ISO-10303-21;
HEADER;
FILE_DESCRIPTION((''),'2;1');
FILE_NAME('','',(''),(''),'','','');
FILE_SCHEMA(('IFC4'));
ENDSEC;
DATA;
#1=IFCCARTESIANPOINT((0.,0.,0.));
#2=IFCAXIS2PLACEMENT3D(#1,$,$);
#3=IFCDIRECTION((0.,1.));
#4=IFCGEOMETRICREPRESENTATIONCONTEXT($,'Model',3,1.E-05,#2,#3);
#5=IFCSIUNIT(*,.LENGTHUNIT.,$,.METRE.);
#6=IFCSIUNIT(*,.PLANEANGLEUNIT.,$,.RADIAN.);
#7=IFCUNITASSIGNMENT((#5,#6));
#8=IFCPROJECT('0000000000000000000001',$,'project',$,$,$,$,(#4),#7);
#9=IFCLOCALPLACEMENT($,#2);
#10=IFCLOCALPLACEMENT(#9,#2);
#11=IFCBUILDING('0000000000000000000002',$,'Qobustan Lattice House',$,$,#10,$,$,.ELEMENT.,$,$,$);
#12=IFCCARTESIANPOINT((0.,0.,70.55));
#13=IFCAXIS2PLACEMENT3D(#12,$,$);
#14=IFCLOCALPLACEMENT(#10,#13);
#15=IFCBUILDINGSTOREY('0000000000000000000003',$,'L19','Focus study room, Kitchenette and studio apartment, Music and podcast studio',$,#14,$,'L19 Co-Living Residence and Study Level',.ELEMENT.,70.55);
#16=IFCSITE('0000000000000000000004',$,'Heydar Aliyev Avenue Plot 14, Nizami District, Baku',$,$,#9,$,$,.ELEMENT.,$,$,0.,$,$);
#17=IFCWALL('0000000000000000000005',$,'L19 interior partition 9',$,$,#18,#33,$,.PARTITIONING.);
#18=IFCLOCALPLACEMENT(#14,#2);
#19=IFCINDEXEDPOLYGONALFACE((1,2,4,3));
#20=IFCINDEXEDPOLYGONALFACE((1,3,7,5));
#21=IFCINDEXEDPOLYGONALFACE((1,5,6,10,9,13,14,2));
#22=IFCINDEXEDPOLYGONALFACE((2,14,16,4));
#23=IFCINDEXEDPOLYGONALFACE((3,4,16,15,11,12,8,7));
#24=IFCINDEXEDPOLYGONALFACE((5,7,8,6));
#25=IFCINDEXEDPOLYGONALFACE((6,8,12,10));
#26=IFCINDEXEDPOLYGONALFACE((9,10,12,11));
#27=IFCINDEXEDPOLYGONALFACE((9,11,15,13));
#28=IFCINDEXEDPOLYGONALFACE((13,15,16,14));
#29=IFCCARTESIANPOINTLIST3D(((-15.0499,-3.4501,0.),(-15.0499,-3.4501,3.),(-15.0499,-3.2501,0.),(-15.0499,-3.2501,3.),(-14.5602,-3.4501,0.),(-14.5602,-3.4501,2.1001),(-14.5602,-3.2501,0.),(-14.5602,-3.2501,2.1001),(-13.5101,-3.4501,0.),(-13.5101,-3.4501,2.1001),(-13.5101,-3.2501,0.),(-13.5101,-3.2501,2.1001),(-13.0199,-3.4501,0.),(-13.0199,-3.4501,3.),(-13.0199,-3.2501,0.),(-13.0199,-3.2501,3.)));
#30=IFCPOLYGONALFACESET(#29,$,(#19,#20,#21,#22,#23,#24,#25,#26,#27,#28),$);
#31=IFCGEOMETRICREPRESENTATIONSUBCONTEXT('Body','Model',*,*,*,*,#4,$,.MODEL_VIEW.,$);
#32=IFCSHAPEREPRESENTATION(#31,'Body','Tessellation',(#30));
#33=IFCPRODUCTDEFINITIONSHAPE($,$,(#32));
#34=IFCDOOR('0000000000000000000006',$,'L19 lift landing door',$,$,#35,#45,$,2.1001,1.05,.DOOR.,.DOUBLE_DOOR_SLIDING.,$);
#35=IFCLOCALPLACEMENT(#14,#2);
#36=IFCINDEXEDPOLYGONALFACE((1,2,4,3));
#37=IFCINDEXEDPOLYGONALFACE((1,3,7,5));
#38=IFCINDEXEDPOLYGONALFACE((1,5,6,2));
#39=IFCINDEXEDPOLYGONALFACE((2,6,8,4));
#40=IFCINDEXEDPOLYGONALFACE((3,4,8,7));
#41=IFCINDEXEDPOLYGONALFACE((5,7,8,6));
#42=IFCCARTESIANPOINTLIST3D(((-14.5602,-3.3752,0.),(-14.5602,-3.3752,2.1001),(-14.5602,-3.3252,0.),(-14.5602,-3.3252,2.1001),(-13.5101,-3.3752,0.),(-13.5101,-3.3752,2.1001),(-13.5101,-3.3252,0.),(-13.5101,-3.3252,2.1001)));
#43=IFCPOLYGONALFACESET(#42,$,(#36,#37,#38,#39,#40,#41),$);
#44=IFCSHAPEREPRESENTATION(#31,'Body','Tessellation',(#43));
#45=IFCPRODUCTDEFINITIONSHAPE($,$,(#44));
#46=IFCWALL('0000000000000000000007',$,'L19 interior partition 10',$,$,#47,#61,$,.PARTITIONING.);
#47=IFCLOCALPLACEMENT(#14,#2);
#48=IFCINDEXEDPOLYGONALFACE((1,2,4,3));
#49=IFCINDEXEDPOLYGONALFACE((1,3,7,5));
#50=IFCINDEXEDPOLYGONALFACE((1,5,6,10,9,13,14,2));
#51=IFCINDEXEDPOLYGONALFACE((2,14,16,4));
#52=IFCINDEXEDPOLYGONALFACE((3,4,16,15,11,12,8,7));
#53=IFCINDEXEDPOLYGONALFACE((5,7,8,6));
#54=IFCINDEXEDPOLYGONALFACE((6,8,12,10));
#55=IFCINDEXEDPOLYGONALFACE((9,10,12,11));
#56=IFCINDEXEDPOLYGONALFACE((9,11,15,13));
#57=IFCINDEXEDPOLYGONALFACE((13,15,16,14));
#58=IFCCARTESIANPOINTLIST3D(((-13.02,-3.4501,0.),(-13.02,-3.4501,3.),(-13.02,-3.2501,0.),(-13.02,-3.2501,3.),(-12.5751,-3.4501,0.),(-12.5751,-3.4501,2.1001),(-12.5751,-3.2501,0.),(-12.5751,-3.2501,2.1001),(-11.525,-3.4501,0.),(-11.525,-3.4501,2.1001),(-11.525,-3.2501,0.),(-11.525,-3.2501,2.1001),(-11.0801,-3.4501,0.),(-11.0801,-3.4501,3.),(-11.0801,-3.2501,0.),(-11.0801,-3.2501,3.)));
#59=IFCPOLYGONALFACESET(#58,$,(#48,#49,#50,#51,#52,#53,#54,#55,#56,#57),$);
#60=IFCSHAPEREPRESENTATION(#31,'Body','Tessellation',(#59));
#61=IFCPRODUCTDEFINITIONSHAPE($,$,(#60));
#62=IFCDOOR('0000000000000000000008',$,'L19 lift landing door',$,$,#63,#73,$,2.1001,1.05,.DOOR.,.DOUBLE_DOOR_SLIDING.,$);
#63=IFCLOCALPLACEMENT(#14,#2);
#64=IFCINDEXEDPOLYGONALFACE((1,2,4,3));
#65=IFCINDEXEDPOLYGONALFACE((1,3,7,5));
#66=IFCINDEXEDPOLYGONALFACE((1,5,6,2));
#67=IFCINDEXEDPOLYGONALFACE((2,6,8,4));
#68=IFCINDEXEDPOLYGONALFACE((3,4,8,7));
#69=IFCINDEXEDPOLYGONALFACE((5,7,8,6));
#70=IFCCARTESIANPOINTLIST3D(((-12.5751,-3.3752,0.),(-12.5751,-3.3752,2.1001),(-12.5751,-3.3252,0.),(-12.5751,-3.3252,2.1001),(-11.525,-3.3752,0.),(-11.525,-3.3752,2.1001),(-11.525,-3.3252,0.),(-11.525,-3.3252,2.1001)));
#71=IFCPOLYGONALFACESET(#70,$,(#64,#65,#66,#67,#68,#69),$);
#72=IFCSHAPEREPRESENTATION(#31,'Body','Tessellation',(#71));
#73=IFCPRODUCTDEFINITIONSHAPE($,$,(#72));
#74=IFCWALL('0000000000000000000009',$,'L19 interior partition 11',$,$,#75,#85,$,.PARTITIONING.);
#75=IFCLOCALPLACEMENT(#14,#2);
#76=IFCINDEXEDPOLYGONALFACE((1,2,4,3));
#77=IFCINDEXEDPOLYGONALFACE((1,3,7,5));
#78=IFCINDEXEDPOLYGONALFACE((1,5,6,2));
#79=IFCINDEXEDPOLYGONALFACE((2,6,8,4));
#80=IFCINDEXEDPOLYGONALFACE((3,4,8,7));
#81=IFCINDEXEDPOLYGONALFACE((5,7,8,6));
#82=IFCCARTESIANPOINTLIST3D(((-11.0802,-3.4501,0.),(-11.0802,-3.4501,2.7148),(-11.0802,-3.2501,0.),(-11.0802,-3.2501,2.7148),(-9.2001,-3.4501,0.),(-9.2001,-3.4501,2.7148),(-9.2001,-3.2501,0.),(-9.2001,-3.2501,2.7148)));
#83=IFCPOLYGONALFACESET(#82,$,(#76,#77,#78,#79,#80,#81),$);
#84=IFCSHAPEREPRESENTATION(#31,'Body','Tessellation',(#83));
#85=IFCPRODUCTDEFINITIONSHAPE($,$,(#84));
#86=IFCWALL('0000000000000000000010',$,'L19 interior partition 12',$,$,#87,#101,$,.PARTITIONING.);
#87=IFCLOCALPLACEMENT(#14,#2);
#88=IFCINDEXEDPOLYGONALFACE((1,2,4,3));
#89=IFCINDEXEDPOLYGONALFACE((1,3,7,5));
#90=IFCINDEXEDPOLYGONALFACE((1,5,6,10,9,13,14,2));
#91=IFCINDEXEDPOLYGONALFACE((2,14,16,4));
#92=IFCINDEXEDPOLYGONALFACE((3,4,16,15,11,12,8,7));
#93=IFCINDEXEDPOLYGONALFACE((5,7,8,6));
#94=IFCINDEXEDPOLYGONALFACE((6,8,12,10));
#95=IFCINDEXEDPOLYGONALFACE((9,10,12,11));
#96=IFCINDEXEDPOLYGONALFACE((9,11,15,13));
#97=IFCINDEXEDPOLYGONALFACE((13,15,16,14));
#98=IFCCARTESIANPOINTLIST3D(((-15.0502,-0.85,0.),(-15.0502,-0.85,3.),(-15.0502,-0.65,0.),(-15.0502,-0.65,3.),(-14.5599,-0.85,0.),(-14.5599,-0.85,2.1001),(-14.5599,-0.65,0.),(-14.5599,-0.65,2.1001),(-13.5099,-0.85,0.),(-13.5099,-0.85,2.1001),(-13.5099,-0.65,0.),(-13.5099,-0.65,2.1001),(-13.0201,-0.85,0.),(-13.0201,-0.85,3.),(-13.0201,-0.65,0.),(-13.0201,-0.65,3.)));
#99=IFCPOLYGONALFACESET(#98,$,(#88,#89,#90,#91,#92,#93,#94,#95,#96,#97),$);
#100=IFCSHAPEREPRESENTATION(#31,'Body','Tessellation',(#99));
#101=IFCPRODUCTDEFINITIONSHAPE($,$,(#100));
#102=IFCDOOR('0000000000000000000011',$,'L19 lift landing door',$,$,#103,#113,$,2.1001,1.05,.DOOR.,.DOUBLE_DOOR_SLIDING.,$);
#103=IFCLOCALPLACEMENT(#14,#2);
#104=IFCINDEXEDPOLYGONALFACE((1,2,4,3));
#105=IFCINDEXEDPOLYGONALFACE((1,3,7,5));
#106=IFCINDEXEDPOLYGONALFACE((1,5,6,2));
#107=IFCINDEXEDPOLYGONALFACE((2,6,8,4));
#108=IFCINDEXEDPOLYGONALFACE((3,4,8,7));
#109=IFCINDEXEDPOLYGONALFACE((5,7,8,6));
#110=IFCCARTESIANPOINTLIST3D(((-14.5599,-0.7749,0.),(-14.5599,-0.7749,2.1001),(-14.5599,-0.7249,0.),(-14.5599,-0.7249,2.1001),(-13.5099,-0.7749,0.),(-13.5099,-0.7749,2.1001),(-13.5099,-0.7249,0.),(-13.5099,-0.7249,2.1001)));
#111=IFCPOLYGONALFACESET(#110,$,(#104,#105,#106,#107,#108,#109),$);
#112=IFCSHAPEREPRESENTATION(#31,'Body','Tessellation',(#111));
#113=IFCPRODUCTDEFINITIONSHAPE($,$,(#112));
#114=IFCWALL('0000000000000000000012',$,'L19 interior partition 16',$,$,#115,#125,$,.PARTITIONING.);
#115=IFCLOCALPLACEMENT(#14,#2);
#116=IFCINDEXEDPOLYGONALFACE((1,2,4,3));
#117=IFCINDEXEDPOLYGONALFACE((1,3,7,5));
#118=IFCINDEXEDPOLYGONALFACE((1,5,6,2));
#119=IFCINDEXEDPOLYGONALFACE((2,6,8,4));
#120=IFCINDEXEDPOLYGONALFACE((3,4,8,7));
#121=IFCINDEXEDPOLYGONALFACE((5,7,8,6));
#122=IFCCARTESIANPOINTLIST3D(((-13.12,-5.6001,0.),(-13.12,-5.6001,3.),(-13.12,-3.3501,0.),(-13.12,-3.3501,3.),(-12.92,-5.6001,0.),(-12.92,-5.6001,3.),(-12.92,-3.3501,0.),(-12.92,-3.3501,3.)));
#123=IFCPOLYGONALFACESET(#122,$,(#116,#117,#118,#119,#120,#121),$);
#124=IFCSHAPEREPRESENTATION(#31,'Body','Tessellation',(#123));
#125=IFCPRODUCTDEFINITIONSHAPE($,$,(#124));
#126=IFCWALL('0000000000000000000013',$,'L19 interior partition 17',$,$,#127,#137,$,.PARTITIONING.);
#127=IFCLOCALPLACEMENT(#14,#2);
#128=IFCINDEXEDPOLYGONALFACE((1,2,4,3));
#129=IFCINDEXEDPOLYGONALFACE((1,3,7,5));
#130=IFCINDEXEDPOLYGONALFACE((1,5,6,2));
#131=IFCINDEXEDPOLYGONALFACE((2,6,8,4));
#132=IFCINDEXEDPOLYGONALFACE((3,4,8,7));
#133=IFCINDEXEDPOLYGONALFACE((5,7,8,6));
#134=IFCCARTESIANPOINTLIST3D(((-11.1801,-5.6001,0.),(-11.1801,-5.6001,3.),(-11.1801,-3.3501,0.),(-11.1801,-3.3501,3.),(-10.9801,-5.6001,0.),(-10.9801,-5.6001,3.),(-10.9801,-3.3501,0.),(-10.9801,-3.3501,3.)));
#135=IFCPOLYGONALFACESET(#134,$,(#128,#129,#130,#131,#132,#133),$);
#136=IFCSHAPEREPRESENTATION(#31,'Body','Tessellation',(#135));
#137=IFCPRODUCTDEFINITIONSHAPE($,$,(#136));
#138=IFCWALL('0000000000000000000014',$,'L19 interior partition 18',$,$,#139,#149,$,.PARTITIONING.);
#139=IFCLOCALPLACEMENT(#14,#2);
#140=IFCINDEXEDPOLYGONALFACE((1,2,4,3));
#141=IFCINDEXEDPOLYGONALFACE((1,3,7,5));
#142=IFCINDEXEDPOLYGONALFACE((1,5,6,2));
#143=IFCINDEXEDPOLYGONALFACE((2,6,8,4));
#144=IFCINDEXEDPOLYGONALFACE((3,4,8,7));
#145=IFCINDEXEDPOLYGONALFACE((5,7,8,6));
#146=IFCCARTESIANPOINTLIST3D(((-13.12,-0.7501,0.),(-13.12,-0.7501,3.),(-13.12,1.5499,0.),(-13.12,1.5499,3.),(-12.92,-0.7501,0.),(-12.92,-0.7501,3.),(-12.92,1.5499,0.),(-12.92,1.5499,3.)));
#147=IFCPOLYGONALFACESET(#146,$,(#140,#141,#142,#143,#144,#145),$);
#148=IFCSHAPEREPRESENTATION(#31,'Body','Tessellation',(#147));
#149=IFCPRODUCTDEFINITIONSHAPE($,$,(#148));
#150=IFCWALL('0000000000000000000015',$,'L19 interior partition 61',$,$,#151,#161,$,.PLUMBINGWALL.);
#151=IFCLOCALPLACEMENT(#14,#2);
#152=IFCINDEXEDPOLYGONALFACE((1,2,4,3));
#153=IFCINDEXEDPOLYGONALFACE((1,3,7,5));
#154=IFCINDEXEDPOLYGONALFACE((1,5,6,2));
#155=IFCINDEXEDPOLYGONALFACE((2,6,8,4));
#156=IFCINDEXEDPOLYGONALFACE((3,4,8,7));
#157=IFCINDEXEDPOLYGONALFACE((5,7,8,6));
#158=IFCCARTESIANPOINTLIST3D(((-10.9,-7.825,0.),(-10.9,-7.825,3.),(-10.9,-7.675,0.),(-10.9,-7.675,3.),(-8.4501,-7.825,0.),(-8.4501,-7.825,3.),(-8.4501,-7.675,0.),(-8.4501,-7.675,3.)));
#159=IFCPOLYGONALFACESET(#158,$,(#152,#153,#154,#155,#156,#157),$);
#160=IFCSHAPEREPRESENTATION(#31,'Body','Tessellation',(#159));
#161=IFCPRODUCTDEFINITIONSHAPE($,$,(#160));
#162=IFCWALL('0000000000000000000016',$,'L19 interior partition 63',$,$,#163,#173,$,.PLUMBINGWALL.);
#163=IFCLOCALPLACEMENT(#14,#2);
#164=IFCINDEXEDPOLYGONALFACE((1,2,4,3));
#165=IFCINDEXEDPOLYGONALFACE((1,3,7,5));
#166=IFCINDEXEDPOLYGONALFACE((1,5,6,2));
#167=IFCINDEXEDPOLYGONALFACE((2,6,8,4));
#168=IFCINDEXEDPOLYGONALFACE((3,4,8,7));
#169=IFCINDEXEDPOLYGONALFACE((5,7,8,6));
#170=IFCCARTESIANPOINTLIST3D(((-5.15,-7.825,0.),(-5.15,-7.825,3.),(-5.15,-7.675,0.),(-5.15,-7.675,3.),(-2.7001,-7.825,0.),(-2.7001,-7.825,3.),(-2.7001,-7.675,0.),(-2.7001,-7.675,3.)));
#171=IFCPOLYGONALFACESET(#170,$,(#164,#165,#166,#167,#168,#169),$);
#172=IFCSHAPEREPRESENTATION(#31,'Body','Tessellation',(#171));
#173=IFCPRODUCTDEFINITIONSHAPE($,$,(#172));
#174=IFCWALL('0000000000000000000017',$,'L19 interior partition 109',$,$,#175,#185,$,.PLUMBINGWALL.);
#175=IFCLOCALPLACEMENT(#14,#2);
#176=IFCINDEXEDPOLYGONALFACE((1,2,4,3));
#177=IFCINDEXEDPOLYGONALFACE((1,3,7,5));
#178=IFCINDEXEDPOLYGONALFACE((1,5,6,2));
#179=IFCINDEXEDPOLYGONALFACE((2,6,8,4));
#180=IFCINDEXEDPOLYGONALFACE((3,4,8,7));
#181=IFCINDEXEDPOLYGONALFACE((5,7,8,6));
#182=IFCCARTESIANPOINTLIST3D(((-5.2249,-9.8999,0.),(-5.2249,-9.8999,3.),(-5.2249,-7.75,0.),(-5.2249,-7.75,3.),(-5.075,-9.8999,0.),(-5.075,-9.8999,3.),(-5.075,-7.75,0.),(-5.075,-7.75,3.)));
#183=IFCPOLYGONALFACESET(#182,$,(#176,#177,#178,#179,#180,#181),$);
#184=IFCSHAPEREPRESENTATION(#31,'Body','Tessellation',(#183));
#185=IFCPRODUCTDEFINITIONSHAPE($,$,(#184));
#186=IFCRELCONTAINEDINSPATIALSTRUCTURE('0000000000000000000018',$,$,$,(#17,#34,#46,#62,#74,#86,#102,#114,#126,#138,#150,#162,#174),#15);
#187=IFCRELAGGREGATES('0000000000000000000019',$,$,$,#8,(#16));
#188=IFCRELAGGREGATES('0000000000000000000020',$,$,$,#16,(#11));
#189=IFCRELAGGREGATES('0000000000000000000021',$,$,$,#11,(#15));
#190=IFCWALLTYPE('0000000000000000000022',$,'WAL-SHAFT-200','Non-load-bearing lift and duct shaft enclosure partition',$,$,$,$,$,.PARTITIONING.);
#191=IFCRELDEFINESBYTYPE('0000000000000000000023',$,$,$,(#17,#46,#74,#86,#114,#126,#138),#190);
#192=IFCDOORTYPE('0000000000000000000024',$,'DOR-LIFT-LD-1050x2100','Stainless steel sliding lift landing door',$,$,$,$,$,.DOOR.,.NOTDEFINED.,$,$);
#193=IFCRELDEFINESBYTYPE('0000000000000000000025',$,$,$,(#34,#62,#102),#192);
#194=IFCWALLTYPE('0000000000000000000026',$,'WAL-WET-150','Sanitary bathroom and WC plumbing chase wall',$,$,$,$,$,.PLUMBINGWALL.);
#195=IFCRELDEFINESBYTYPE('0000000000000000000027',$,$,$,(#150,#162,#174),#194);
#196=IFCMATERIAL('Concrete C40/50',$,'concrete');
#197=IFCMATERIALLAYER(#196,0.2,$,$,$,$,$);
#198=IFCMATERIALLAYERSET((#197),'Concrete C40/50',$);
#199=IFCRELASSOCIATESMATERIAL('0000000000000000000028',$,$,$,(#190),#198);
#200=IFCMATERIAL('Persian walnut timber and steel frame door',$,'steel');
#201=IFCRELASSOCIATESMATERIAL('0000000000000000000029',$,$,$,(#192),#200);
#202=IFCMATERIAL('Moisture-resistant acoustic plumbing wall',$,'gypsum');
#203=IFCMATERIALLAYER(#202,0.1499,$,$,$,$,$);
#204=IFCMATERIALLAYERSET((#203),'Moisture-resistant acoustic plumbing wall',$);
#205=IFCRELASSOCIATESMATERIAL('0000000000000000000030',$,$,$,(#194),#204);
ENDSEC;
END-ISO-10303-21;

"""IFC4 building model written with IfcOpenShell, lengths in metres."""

from ifc_helpers import new_model, si_unit, direction, frame, frame_2d, origin, place, context, subcontext, project, spatial, rectangle, extrude, material, layer, layer_set, type_object, element, fill, save


model = new_model("IFC4")

# Units and contexts
model_context = context("Model", 3, precision=1e-05, world=origin(), true_north=direction((0.0, 1.0)))
body_context = subcontext(model_context, "Body", "Model", "MODEL_VIEW")
ifc_project = project(units=[si_unit("LENGTHUNIT", "METRE"), si_unit("PLANEANGLEUNIT", "RADIAN")], contexts=[model_context])

# Site, building, storey
site_placement = place(None, origin())
site = spatial("IfcSite", under=ifc_project, at=site_placement, Name="Heydar Aliyev Avenue Plot 14, Nizami District, Baku", CompositionType="ELEMENT", RefElevation=0.0)
building_placement = place(site_placement, origin())
building = spatial("IfcBuilding", under=site, at=building_placement, Name="Qobustan Lattice House", CompositionType="ELEMENT")
storey_placement = place(building_placement, frame((0.0, 0.0, 70.55)))
storey = spatial("IfcBuildingStorey", under=building, at=storey_placement, Name="L19", Description="Focus study room, Kitchenette and studio apartment, Music and podcast studio", LongName="L19 Co-Living Residence and Study Level", CompositionType="ELEMENT", Elevation=70.55)

# Shared definitions
ifc_material_1 = material(Name="Concrete C40/50", Category="concrete")
ifc_layer_1 = layer(ifc_material_1, 0.2)
ifc_layer_set_1 = layer_set([ifc_layer_1], Name="Concrete C40/50")
wall_type_1 = type_object("IfcWallType", Name="WAL-SHAFT-200", Description="Non-load-bearing lift and duct shaft enclosure partition", PredefinedType="PARTITIONING", material=ifc_layer_set_1)

# Walls, openings, doors
wall_1_placement = place(storey_placement, frame((-15.05, -3.3501, 0.0), z_axis=(0.0, 0.0, 1.0), x_axis=(1.0, 0.0, 0.0)))
wall_1 = element("IfcWall", 1, at=wall_1_placement, inside=storey, type_object=wall_type_1, Name="L19 interior partition 9", PredefinedType="PARTITIONING", context=body_context, shape_type="SweptSolid", body=[
    extrude(rectangle(XDim=2.03, YDim=0.2, at=frame_2d((1.0151, 0.0))), origin(), (0.0, 0.0, 1.0), 3.0),
])
opening_1_placement = place(wall_1_placement, frame((0.49, 0.0, 0.0)))
opening_1 = element("IfcOpeningElement", 2, at=opening_1_placement, cuts=wall_1, PredefinedType="OPENING", context=body_context, shape_type="SweptSolid", body=[
    extrude(rectangle(XDim=1.05, YDim=2.1001, at=frame_2d((0.5249, 1.05))), frame((0.0, 0.1099, 0.0), z_axis=(0.0, -1.0, 0.0), x_axis=(1.0, 0.0, 0.0)), (0.0, 0.0, 1.0), 0.22),
])
ifc_material_2 = material(Name="Persian walnut timber and steel frame door", Category="steel")
door_type_1 = type_object("IfcDoorType", Name="DOR-LIFT-LD-1050x2100", Description="Stainless steel sliding lift landing door", OperationType="NOTDEFINED", PredefinedType="DOOR", material=ifc_material_2)
door_1_placement = place(opening_1_placement, origin())
door_1 = element("IfcDoor", 3, at=door_1_placement, inside=storey, type_object=door_type_1, Name="L19 lift landing door", OperationType="DOUBLE_DOOR_SLIDING", OverallHeight=2.1001, OverallWidth=1.05, PredefinedType="DOOR", context=body_context, shape_type="SweptSolid", body=[
    extrude(rectangle(XDim=1.05, YDim=2.1001, at=frame_2d((0.5249, 1.05))), frame((0.0, 0.0249, 0.0), z_axis=(0.0, -1.0, 0.0), x_axis=(1.0, 0.0, 0.0)), (0.0, 0.0, 1.0), 0.05),
])
fill(opening_1, door_1)
wall_2_placement = place(storey_placement, frame((-13.02, -3.3501, 0.0), z_axis=(0.0, 0.0, 1.0), x_axis=(1.0, 0.0, 0.0)))
wall_2 = element("IfcWall", 4, at=wall_2_placement, inside=storey, type_object=wall_type_1, Name="L19 interior partition 10", PredefinedType="PARTITIONING", context=body_context, shape_type="SweptSolid", body=[
    extrude(rectangle(XDim=1.9399, YDim=0.2, at=frame_2d((0.97, 0.0))), origin(), (0.0, 0.0, 1.0), 3.0),
])
opening_2_placement = place(wall_2_placement, frame((0.4451, 0.0, 0.0)))
opening_2 = element("IfcOpeningElement", 5, at=opening_2_placement, cuts=wall_2, PredefinedType="OPENING", context=body_context, shape_type="SweptSolid", body=[
    extrude(rectangle(XDim=1.05, YDim=2.1001, at=frame_2d((0.5249, 1.05))), frame((0.0, 0.1099, 0.0), z_axis=(0.0, -1.0, 0.0), x_axis=(1.0, 0.0, 0.0)), (0.0, 0.0, 1.0), 0.22),
])
door_2_placement = place(opening_2_placement, origin())
door_2 = element("IfcDoor", 6, at=door_2_placement, inside=storey, type_object=door_type_1, Name="L19 lift landing door", OperationType="DOUBLE_DOOR_SLIDING", OverallHeight=2.1001, OverallWidth=1.05, PredefinedType="DOOR", context=body_context, shape_type="SweptSolid", body=[
    extrude(rectangle(XDim=1.05, YDim=2.1001, at=frame_2d((0.5249, 1.05))), frame((0.0, 0.0249, 0.0), z_axis=(0.0, -1.0, 0.0), x_axis=(1.0, 0.0, 0.0)), (0.0, 0.0, 1.0), 0.05),
])
fill(opening_2, door_2)

# Wall
wall_3_placement = place(storey_placement, frame((-11.0801, -3.3501, 0.0), z_axis=(0.0, 0.0, 1.0), x_axis=(1.0, 0.0, 0.0)))
element("IfcWall", 7, at=wall_3_placement, inside=storey, type_object=wall_type_1, Name="L19 interior partition 11", PredefinedType="PARTITIONING", context=body_context, shape_type="SweptSolid", body=[
    extrude(rectangle(XDim=1.8801, YDim=0.2, at=frame_2d((0.9399, 0.0))), origin(), (0.0, 0.0, 1.0), 2.7148),
])

# Wall, opening, door
wall_4_placement = place(storey_placement, frame((-13.02, -0.75, 0.0), z_axis=(0.0, 0.0, 1.0), x_axis=(-1.0, 0.0, 0.0)))
wall_4 = element("IfcWall", 8, at=wall_4_placement, inside=storey, type_object=wall_type_1, Name="L19 interior partition 12", PredefinedType="PARTITIONING", context=body_context, shape_type="SweptSolid", body=[
    extrude(rectangle(XDim=2.03, YDim=0.2, at=frame_2d((1.0151, 0.0))), origin(), (0.0, 0.0, 1.0), 3.0),
])
opening_3_placement = place(wall_4_placement, frame((0.49, 0.0, 0.0)))
opening_3 = element("IfcOpeningElement", 9, at=opening_3_placement, cuts=wall_4, PredefinedType="OPENING", context=body_context, shape_type="SweptSolid", body=[
    extrude(rectangle(XDim=1.05, YDim=2.1001, at=frame_2d((0.5249, 1.05))), frame((0.0, 0.1099, 0.0), z_axis=(0.0, -1.0, 0.0), x_axis=(1.0, 0.0, 0.0)), (0.0, 0.0, 1.0), 0.22),
])
door_3_placement = place(opening_3_placement, origin())
door_3 = element("IfcDoor", 10, at=door_3_placement, inside=storey, type_object=door_type_1, Name="L19 lift landing door", OperationType="DOUBLE_DOOR_SLIDING", OverallHeight=2.1001, OverallWidth=1.05, PredefinedType="DOOR", context=body_context, shape_type="SweptSolid", body=[
    extrude(rectangle(XDim=1.05, YDim=2.1001, at=frame_2d((0.5249, 1.05))), frame((0.0, 0.0249, 0.0), z_axis=(0.0, -1.0, 0.0), x_axis=(1.0, 0.0, 0.0)), (0.0, 0.0, 1.0), 0.05),
])
fill(opening_3, door_3)

# Walls
for number, where, z_axis, x_axis, name in (
    (11, (-13.02, -5.6001, 0.0), (0.0, 0.0, 1.0), (0.0, 1.0, 0.0), "L19 interior partition 16"),
    (12, (-11.0801, -5.6001, 0.0), (0.0, 0.0, 1.0), (0.0, 1.0, 0.0), "L19 interior partition 17"),
):
    element("IfcWall", number, at=place(storey_placement, frame(where, z_axis=z_axis, x_axis=x_axis)), inside=storey, type_object=wall_type_1, Name=name, PredefinedType="PARTITIONING", context=body_context, shape_type="SweptSolid", body=[
        extrude(rectangle(XDim=2.25, YDim=0.2, at=frame_2d((1.125, 0.0))), origin(), (0.0, 0.0, 1.0), 3.0),
    ])
wall_5_placement = place(storey_placement, frame((-13.02, -0.75, 0.0), z_axis=(0.0, 0.0, 1.0), x_axis=(0.0, 1.0, 0.0)))
element("IfcWall", 13, at=wall_5_placement, inside=storey, type_object=wall_type_1, Name="L19 interior partition 18", PredefinedType="PARTITIONING", context=body_context, shape_type="SweptSolid", body=[
    extrude(rectangle(XDim=2.3, YDim=0.2, at=frame_2d((1.1499, 0.0))), origin(), (0.0, 0.0, 1.0), 3.0),
])
ifc_material_3 = material(Name="Moisture-resistant acoustic plumbing wall", Category="gypsum")
ifc_layer_2 = layer(ifc_material_3, 0.1499)
ifc_layer_set_2 = layer_set([ifc_layer_2], Name="Moisture-resistant acoustic plumbing wall")
wall_type_2 = type_object("IfcWallType", Name="WAL-WET-150", Description="Sanitary bathroom and WC plumbing chase wall", PredefinedType="PLUMBINGWALL", material=ifc_layer_set_2)
for number, where, z_axis, x_axis, name in (
    (14, (-8.45, -7.75, 0.0), (0.0, 0.0, 1.0), (-1.0, 0.0, 0.0), "L19 interior partition 61"),
    (15, (-2.7, -7.75, 0.0), (0.0, 0.0, 1.0), (-1.0, 0.0, 0.0), "L19 interior partition 63"),
):
    element("IfcWall", number, at=place(storey_placement, frame(where, z_axis=z_axis, x_axis=x_axis)), inside=storey, type_object=wall_type_2, Name=name, PredefinedType="PLUMBINGWALL", context=body_context, shape_type="SweptSolid", body=[
        extrude(rectangle(XDim=2.45, YDim=0.1499, at=frame_2d((1.2251, 0.0))), origin(), (0.0, 0.0, 1.0), 3.0),
    ])
wall_6_placement = place(storey_placement, frame((-5.1499, -7.75, 0.0), z_axis=(0.0, 0.0, 1.0), x_axis=(0.0, -1.0, 0.0)))
element("IfcWall", 16, at=wall_6_placement, inside=storey, type_object=wall_type_2, Name="L19 interior partition 109", PredefinedType="PLUMBINGWALL", context=body_context, shape_type="SweptSolid", body=[
    extrude(rectangle(XDim=2.1499, YDim=0.1499, at=frame_2d((1.075, 0.0))), origin(), (0.0, 0.0, 1.0), 3.0),
])

save(model, "model.ifc")
